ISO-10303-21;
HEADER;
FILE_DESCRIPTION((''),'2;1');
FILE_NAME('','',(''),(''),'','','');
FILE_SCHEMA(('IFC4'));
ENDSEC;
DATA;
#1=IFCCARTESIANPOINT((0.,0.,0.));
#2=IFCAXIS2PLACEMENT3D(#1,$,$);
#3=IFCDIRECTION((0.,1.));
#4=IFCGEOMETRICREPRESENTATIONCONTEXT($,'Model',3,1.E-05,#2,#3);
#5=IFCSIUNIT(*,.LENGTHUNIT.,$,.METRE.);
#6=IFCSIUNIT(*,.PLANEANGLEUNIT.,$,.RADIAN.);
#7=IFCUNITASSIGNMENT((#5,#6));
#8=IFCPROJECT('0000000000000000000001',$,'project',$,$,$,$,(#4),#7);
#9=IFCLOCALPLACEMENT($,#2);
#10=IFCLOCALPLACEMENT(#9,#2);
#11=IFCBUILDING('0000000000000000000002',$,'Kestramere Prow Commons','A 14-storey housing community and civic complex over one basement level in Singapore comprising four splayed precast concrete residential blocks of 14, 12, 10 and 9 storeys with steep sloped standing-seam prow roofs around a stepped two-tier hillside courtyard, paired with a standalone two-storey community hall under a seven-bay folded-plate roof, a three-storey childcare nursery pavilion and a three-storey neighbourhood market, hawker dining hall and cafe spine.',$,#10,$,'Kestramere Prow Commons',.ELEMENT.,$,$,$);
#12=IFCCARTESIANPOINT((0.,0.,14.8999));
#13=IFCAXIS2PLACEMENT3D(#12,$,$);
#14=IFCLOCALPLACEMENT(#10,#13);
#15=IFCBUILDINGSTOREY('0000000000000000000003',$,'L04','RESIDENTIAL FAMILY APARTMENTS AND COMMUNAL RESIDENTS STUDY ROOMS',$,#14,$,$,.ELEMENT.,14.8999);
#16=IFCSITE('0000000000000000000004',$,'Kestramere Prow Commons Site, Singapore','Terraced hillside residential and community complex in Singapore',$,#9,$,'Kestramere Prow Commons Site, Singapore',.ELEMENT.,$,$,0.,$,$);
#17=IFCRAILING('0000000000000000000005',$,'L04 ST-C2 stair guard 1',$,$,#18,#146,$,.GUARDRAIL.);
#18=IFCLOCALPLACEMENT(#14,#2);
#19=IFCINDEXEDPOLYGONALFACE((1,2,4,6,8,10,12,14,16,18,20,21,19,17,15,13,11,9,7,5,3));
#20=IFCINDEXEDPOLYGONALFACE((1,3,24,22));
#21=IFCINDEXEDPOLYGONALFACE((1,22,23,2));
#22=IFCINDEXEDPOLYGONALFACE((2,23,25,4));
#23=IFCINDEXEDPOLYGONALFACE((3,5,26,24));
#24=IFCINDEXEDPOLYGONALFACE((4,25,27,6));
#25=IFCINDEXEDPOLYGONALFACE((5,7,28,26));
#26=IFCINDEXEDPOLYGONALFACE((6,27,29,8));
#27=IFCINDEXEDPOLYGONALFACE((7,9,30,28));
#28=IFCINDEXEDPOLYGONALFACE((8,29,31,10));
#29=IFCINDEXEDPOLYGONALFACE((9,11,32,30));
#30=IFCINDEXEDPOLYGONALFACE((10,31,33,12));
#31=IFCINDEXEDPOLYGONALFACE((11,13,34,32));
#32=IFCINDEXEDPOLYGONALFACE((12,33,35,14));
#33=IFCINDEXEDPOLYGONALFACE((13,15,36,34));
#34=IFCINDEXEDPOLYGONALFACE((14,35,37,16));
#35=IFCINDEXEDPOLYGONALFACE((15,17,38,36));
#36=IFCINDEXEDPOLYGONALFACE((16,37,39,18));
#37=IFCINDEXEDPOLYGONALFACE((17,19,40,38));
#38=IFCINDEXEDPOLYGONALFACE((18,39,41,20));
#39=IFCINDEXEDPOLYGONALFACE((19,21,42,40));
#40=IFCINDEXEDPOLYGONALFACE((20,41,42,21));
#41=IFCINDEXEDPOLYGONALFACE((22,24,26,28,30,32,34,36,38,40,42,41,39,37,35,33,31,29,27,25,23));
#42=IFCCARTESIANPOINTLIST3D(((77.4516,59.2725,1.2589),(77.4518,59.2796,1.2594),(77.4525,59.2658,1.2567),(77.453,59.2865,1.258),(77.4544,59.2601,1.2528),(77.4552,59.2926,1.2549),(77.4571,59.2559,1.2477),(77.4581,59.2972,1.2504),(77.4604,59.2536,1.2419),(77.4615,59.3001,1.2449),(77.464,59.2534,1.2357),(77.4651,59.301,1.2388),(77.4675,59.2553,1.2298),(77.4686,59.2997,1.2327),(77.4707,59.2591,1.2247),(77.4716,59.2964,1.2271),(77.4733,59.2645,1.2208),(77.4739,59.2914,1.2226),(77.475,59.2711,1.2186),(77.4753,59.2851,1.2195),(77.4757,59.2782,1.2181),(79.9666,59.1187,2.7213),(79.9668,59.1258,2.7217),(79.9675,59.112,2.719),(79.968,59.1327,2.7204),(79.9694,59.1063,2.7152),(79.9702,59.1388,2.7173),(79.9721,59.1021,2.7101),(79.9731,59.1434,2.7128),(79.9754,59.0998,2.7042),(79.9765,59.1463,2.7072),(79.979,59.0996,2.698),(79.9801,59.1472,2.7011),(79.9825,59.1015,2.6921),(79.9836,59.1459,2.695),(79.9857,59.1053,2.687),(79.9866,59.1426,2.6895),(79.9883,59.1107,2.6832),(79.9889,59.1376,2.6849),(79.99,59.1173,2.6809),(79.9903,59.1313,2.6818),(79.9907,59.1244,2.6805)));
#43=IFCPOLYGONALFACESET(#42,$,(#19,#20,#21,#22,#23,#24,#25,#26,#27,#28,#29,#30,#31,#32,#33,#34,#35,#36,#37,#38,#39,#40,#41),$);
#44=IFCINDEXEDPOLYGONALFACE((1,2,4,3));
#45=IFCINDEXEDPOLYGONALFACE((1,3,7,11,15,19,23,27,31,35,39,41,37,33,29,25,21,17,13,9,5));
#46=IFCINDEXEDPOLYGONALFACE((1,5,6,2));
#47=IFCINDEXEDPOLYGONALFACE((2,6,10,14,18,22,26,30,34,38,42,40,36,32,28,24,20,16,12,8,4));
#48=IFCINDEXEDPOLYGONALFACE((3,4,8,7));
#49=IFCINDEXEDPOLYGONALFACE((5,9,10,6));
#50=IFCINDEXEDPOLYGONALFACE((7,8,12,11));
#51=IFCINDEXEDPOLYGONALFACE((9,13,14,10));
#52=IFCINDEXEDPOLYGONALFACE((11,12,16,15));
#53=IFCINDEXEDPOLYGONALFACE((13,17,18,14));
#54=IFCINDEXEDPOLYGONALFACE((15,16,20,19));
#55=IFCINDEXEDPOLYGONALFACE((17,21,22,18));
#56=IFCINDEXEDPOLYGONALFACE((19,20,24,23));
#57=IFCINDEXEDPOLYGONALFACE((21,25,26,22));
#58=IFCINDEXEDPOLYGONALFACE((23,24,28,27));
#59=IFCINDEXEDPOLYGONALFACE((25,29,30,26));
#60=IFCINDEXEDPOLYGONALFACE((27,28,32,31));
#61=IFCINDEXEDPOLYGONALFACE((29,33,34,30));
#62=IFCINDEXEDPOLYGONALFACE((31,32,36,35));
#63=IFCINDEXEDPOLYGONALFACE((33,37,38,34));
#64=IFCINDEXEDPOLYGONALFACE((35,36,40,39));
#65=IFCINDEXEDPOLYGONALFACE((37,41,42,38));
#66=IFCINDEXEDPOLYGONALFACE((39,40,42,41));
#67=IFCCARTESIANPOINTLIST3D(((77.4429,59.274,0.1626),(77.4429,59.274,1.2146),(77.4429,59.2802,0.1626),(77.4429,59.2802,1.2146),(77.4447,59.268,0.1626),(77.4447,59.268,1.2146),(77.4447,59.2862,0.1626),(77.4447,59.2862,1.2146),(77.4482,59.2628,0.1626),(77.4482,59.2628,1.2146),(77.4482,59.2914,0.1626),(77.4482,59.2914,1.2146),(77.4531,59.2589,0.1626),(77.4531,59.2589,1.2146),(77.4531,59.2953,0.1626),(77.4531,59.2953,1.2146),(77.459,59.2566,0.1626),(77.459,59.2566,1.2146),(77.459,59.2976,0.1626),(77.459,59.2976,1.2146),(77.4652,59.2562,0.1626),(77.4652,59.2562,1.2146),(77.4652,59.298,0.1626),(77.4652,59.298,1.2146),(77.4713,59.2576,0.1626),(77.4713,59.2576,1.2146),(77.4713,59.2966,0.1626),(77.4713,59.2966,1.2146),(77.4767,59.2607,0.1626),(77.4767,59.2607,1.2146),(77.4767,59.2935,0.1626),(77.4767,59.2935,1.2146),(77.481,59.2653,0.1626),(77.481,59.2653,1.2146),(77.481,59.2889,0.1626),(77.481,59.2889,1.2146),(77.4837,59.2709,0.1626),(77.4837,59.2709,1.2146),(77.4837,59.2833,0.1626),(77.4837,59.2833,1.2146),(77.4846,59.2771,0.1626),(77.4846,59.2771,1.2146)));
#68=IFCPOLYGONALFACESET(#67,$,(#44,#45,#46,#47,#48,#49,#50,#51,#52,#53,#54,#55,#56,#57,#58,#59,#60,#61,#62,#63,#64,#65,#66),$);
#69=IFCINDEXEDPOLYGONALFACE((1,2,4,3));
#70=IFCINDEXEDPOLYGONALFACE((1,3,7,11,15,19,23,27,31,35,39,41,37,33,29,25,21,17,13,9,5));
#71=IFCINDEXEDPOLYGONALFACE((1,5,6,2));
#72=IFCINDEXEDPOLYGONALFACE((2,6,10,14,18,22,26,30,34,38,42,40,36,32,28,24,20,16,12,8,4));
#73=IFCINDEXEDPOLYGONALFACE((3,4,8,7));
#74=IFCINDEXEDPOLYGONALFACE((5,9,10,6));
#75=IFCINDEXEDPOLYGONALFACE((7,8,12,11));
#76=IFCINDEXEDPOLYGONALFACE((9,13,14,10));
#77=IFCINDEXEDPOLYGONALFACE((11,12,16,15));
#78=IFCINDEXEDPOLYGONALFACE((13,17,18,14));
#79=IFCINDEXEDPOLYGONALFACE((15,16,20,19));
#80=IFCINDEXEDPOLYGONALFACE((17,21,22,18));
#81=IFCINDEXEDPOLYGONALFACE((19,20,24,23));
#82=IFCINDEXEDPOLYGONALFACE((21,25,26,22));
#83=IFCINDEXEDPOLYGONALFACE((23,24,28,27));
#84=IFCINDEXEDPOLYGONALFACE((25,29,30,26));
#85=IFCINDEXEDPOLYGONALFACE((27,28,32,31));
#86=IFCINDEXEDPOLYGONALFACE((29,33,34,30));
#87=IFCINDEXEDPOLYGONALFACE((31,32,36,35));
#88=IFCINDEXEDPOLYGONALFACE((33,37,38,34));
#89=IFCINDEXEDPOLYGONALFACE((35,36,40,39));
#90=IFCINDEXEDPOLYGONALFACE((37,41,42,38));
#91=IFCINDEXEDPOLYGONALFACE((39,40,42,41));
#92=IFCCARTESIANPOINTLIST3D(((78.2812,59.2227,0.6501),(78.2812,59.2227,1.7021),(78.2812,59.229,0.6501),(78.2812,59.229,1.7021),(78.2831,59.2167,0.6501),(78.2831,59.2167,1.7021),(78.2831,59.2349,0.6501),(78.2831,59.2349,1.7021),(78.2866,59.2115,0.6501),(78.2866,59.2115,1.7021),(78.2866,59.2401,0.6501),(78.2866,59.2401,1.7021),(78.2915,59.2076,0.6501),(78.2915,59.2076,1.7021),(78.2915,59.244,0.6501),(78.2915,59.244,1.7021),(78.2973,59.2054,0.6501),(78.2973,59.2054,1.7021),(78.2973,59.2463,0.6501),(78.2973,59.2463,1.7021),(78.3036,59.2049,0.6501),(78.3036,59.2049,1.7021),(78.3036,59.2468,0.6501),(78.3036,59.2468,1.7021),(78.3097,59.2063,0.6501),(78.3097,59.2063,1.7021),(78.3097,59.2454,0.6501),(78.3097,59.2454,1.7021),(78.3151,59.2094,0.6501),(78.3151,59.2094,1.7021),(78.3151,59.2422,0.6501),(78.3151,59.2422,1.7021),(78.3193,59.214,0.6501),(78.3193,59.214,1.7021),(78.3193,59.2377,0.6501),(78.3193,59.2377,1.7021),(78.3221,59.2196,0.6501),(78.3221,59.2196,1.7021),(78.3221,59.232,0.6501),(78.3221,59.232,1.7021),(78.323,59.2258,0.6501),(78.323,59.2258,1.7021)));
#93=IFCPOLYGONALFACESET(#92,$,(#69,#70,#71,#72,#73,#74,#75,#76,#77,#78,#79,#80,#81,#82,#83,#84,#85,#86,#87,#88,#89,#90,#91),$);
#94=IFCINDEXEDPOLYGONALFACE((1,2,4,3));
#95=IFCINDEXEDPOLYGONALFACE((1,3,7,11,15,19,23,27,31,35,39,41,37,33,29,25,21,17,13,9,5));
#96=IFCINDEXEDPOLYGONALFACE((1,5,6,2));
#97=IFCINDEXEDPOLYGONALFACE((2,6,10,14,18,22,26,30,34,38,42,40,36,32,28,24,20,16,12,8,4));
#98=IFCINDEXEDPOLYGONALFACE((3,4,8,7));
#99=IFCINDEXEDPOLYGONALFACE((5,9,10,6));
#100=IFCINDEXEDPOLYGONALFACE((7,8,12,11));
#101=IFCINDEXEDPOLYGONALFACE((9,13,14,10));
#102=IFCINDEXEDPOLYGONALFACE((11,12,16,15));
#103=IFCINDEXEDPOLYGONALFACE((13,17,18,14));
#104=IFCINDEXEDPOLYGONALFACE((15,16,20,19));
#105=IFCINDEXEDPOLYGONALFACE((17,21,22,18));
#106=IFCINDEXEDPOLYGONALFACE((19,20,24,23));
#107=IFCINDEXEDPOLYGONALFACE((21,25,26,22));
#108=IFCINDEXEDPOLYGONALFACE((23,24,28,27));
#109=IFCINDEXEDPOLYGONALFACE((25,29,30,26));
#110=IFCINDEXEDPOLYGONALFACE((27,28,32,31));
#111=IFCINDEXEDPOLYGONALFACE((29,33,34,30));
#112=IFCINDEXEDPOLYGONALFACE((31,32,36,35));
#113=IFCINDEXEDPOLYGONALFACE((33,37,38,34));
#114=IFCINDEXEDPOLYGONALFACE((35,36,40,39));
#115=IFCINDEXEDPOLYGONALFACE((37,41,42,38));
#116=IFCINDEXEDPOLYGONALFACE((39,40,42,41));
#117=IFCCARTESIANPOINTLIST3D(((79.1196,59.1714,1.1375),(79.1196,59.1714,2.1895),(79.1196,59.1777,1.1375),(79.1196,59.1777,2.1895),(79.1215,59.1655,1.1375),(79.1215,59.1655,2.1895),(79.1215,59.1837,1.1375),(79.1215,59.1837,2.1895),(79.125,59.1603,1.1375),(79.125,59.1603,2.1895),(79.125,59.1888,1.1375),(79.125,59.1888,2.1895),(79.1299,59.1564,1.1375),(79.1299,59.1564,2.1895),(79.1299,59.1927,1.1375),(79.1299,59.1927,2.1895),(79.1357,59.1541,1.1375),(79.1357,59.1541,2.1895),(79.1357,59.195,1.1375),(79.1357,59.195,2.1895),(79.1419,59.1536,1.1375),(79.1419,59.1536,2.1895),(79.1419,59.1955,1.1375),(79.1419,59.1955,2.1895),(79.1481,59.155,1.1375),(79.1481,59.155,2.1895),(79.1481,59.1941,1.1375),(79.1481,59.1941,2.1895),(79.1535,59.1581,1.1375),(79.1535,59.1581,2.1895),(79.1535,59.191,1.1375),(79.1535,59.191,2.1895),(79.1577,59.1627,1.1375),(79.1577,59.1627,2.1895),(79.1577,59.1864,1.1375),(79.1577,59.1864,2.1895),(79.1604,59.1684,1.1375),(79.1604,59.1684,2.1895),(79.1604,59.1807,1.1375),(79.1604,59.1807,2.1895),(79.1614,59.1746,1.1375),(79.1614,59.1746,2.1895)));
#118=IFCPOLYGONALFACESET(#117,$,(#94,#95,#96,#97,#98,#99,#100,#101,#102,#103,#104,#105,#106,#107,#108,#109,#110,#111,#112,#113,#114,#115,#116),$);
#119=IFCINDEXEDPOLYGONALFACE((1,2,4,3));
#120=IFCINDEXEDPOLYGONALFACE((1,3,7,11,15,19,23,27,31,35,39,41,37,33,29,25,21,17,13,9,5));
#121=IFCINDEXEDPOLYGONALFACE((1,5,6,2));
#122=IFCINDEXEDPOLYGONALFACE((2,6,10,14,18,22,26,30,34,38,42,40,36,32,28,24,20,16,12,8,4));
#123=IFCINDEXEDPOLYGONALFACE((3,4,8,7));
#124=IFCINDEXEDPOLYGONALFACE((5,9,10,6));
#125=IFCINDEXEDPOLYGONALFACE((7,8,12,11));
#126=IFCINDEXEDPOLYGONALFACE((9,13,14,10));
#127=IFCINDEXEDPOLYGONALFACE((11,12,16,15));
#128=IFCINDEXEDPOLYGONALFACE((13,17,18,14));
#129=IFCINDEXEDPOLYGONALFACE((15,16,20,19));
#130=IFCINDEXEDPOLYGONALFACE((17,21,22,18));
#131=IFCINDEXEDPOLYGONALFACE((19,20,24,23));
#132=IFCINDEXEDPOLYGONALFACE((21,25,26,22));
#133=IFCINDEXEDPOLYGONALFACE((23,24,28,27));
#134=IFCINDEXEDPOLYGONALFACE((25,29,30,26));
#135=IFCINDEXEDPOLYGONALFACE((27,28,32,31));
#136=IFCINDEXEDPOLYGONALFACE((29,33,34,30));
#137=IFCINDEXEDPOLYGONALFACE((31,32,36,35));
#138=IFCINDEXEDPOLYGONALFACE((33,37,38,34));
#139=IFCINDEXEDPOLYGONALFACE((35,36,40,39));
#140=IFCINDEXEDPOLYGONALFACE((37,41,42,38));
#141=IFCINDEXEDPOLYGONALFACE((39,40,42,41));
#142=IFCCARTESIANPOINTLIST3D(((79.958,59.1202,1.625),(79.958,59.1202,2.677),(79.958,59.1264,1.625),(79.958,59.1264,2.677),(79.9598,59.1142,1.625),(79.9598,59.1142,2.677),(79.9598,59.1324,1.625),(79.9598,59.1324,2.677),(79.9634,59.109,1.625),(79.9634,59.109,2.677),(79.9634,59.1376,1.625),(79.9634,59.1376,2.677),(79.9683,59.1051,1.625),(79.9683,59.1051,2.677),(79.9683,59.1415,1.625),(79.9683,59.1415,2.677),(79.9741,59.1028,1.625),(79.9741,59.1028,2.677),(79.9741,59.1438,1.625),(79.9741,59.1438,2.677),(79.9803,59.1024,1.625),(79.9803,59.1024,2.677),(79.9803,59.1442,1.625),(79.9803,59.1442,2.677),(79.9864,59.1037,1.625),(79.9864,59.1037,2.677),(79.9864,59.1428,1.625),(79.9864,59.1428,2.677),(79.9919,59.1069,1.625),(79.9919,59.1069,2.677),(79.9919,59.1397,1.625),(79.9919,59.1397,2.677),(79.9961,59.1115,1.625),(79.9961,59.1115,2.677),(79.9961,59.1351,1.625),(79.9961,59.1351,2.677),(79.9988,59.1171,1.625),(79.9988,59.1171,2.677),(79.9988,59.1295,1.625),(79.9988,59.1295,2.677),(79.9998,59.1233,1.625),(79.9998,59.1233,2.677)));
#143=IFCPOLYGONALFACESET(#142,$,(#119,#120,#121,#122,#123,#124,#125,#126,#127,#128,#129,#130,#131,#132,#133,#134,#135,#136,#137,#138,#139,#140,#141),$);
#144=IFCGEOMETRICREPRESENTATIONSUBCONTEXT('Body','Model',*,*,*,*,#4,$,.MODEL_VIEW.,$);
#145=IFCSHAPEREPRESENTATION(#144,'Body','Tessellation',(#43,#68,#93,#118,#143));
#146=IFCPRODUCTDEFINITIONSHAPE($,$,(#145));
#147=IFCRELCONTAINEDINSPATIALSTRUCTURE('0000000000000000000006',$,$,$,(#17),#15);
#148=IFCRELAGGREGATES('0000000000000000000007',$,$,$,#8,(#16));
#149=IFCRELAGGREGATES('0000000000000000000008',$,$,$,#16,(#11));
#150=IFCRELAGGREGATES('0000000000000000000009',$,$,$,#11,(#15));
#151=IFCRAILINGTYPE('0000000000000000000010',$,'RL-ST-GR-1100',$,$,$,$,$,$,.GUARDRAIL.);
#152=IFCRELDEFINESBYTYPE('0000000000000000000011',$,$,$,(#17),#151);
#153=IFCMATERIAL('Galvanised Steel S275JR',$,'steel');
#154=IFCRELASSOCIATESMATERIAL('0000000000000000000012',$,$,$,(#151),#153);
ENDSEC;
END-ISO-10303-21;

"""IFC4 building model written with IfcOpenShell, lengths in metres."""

from ifc_helpers import new_model, si_unit, direction, frame, origin, origin_2d, place, context, subcontext, project, spatial, circle, extrude, material, type_object, element, save


model = new_model("IFC4")

# Units and contexts
model_context = context("Model", 3, precision=1e-05, world=origin(), true_north=direction((0.0, 1.0)))
body_context = subcontext(model_context, "Body", "Model", "MODEL_VIEW")
ifc_project = project(units=[si_unit("LENGTHUNIT", "METRE"), si_unit("PLANEANGLEUNIT", "RADIAN")], contexts=[model_context])

# Site, building, storey
site_placement = place(None, origin())
site = spatial("IfcSite", under=ifc_project, at=site_placement, Name="Kestramere Prow Commons Site, Singapore", Description="Terraced hillside residential and community complex in Singapore", LongName="Kestramere Prow Commons Site, Singapore", CompositionType="ELEMENT", RefElevation=0.0)
building_placement = place(site_placement, origin())
building = spatial("IfcBuilding", under=site, at=building_placement, Name="Kestramere Prow Commons", Description="A 14-storey housing community and civic complex over one basement level in Singapore comprising four splayed precast concrete residential blocks of 14, 12, 10 and 9 storeys with steep sloped standing-seam prow roofs around a stepped two-tier hillside courtyard, paired with a standalone two-storey community hall under a seven-bay folded-plate roof, a three-storey childcare nursery pavilion and a three-storey neighbourhood market, hawker dining hall and cafe spine.", LongName="Kestramere Prow Commons", CompositionType="ELEMENT")
storey_placement = place(building_placement, frame((0.0, 0.0, 14.8999)))
storey = spatial("IfcBuildingStorey", under=building, at=storey_placement, Name="L04", Description="RESIDENTIAL FAMILY APARTMENTS AND COMMUNAL RESIDENTS STUDY ROOMS", CompositionType="ELEMENT", Elevation=14.8999)

# Railing
ifc_material_1 = material(Name="Galvanised Steel S275JR", Category="steel")
railing_type_1 = type_object("IfcRailingType", Name="RL-ST-GR-1100", PredefinedType="GUARDRAIL", material=ifc_material_1)
railing_1_placement = place(storey_placement, frame((77.4636, 59.2771, 0.1626)))
element("IfcRailing", 1, at=railing_1_placement, inside=storey, type_object=railing_type_1, Name="L04 ST-C2 stair guard 1", PredefinedType="GUARDRAIL", context=body_context, shape_type="SweptSolid", body=[
    extrude(circle(Radius=0.0239, at=origin_2d()), frame((0.0, 0.0, 1.0762), z_axis=(0.863285, -0.052793, 0.501949), x_axis=(0.061039, 0.998135, 0.0)), (0.0, 0.0, 1.0), 2.9133),
    extrude(circle(Radius=0.021, at=origin_2d()), origin(), (0.0, 0.0, 1.0), 1.052),
    extrude(circle(Radius=0.021, at=origin_2d()), frame((0.8384, -0.0513, 0.4875)), (0.0, 0.0, 1.0), 1.052),
    extrude(circle(Radius=0.021, at=origin_2d()), frame((1.6768, -0.1025, 0.9749)), (0.0, 0.0, 1.0), 1.052),
    extrude(circle(Radius=0.021, at=origin_2d()), frame((2.5151, -0.1538, 1.4624)), (0.0, 0.0, 1.0), 1.052),
])

save(model, "model.ifc")
